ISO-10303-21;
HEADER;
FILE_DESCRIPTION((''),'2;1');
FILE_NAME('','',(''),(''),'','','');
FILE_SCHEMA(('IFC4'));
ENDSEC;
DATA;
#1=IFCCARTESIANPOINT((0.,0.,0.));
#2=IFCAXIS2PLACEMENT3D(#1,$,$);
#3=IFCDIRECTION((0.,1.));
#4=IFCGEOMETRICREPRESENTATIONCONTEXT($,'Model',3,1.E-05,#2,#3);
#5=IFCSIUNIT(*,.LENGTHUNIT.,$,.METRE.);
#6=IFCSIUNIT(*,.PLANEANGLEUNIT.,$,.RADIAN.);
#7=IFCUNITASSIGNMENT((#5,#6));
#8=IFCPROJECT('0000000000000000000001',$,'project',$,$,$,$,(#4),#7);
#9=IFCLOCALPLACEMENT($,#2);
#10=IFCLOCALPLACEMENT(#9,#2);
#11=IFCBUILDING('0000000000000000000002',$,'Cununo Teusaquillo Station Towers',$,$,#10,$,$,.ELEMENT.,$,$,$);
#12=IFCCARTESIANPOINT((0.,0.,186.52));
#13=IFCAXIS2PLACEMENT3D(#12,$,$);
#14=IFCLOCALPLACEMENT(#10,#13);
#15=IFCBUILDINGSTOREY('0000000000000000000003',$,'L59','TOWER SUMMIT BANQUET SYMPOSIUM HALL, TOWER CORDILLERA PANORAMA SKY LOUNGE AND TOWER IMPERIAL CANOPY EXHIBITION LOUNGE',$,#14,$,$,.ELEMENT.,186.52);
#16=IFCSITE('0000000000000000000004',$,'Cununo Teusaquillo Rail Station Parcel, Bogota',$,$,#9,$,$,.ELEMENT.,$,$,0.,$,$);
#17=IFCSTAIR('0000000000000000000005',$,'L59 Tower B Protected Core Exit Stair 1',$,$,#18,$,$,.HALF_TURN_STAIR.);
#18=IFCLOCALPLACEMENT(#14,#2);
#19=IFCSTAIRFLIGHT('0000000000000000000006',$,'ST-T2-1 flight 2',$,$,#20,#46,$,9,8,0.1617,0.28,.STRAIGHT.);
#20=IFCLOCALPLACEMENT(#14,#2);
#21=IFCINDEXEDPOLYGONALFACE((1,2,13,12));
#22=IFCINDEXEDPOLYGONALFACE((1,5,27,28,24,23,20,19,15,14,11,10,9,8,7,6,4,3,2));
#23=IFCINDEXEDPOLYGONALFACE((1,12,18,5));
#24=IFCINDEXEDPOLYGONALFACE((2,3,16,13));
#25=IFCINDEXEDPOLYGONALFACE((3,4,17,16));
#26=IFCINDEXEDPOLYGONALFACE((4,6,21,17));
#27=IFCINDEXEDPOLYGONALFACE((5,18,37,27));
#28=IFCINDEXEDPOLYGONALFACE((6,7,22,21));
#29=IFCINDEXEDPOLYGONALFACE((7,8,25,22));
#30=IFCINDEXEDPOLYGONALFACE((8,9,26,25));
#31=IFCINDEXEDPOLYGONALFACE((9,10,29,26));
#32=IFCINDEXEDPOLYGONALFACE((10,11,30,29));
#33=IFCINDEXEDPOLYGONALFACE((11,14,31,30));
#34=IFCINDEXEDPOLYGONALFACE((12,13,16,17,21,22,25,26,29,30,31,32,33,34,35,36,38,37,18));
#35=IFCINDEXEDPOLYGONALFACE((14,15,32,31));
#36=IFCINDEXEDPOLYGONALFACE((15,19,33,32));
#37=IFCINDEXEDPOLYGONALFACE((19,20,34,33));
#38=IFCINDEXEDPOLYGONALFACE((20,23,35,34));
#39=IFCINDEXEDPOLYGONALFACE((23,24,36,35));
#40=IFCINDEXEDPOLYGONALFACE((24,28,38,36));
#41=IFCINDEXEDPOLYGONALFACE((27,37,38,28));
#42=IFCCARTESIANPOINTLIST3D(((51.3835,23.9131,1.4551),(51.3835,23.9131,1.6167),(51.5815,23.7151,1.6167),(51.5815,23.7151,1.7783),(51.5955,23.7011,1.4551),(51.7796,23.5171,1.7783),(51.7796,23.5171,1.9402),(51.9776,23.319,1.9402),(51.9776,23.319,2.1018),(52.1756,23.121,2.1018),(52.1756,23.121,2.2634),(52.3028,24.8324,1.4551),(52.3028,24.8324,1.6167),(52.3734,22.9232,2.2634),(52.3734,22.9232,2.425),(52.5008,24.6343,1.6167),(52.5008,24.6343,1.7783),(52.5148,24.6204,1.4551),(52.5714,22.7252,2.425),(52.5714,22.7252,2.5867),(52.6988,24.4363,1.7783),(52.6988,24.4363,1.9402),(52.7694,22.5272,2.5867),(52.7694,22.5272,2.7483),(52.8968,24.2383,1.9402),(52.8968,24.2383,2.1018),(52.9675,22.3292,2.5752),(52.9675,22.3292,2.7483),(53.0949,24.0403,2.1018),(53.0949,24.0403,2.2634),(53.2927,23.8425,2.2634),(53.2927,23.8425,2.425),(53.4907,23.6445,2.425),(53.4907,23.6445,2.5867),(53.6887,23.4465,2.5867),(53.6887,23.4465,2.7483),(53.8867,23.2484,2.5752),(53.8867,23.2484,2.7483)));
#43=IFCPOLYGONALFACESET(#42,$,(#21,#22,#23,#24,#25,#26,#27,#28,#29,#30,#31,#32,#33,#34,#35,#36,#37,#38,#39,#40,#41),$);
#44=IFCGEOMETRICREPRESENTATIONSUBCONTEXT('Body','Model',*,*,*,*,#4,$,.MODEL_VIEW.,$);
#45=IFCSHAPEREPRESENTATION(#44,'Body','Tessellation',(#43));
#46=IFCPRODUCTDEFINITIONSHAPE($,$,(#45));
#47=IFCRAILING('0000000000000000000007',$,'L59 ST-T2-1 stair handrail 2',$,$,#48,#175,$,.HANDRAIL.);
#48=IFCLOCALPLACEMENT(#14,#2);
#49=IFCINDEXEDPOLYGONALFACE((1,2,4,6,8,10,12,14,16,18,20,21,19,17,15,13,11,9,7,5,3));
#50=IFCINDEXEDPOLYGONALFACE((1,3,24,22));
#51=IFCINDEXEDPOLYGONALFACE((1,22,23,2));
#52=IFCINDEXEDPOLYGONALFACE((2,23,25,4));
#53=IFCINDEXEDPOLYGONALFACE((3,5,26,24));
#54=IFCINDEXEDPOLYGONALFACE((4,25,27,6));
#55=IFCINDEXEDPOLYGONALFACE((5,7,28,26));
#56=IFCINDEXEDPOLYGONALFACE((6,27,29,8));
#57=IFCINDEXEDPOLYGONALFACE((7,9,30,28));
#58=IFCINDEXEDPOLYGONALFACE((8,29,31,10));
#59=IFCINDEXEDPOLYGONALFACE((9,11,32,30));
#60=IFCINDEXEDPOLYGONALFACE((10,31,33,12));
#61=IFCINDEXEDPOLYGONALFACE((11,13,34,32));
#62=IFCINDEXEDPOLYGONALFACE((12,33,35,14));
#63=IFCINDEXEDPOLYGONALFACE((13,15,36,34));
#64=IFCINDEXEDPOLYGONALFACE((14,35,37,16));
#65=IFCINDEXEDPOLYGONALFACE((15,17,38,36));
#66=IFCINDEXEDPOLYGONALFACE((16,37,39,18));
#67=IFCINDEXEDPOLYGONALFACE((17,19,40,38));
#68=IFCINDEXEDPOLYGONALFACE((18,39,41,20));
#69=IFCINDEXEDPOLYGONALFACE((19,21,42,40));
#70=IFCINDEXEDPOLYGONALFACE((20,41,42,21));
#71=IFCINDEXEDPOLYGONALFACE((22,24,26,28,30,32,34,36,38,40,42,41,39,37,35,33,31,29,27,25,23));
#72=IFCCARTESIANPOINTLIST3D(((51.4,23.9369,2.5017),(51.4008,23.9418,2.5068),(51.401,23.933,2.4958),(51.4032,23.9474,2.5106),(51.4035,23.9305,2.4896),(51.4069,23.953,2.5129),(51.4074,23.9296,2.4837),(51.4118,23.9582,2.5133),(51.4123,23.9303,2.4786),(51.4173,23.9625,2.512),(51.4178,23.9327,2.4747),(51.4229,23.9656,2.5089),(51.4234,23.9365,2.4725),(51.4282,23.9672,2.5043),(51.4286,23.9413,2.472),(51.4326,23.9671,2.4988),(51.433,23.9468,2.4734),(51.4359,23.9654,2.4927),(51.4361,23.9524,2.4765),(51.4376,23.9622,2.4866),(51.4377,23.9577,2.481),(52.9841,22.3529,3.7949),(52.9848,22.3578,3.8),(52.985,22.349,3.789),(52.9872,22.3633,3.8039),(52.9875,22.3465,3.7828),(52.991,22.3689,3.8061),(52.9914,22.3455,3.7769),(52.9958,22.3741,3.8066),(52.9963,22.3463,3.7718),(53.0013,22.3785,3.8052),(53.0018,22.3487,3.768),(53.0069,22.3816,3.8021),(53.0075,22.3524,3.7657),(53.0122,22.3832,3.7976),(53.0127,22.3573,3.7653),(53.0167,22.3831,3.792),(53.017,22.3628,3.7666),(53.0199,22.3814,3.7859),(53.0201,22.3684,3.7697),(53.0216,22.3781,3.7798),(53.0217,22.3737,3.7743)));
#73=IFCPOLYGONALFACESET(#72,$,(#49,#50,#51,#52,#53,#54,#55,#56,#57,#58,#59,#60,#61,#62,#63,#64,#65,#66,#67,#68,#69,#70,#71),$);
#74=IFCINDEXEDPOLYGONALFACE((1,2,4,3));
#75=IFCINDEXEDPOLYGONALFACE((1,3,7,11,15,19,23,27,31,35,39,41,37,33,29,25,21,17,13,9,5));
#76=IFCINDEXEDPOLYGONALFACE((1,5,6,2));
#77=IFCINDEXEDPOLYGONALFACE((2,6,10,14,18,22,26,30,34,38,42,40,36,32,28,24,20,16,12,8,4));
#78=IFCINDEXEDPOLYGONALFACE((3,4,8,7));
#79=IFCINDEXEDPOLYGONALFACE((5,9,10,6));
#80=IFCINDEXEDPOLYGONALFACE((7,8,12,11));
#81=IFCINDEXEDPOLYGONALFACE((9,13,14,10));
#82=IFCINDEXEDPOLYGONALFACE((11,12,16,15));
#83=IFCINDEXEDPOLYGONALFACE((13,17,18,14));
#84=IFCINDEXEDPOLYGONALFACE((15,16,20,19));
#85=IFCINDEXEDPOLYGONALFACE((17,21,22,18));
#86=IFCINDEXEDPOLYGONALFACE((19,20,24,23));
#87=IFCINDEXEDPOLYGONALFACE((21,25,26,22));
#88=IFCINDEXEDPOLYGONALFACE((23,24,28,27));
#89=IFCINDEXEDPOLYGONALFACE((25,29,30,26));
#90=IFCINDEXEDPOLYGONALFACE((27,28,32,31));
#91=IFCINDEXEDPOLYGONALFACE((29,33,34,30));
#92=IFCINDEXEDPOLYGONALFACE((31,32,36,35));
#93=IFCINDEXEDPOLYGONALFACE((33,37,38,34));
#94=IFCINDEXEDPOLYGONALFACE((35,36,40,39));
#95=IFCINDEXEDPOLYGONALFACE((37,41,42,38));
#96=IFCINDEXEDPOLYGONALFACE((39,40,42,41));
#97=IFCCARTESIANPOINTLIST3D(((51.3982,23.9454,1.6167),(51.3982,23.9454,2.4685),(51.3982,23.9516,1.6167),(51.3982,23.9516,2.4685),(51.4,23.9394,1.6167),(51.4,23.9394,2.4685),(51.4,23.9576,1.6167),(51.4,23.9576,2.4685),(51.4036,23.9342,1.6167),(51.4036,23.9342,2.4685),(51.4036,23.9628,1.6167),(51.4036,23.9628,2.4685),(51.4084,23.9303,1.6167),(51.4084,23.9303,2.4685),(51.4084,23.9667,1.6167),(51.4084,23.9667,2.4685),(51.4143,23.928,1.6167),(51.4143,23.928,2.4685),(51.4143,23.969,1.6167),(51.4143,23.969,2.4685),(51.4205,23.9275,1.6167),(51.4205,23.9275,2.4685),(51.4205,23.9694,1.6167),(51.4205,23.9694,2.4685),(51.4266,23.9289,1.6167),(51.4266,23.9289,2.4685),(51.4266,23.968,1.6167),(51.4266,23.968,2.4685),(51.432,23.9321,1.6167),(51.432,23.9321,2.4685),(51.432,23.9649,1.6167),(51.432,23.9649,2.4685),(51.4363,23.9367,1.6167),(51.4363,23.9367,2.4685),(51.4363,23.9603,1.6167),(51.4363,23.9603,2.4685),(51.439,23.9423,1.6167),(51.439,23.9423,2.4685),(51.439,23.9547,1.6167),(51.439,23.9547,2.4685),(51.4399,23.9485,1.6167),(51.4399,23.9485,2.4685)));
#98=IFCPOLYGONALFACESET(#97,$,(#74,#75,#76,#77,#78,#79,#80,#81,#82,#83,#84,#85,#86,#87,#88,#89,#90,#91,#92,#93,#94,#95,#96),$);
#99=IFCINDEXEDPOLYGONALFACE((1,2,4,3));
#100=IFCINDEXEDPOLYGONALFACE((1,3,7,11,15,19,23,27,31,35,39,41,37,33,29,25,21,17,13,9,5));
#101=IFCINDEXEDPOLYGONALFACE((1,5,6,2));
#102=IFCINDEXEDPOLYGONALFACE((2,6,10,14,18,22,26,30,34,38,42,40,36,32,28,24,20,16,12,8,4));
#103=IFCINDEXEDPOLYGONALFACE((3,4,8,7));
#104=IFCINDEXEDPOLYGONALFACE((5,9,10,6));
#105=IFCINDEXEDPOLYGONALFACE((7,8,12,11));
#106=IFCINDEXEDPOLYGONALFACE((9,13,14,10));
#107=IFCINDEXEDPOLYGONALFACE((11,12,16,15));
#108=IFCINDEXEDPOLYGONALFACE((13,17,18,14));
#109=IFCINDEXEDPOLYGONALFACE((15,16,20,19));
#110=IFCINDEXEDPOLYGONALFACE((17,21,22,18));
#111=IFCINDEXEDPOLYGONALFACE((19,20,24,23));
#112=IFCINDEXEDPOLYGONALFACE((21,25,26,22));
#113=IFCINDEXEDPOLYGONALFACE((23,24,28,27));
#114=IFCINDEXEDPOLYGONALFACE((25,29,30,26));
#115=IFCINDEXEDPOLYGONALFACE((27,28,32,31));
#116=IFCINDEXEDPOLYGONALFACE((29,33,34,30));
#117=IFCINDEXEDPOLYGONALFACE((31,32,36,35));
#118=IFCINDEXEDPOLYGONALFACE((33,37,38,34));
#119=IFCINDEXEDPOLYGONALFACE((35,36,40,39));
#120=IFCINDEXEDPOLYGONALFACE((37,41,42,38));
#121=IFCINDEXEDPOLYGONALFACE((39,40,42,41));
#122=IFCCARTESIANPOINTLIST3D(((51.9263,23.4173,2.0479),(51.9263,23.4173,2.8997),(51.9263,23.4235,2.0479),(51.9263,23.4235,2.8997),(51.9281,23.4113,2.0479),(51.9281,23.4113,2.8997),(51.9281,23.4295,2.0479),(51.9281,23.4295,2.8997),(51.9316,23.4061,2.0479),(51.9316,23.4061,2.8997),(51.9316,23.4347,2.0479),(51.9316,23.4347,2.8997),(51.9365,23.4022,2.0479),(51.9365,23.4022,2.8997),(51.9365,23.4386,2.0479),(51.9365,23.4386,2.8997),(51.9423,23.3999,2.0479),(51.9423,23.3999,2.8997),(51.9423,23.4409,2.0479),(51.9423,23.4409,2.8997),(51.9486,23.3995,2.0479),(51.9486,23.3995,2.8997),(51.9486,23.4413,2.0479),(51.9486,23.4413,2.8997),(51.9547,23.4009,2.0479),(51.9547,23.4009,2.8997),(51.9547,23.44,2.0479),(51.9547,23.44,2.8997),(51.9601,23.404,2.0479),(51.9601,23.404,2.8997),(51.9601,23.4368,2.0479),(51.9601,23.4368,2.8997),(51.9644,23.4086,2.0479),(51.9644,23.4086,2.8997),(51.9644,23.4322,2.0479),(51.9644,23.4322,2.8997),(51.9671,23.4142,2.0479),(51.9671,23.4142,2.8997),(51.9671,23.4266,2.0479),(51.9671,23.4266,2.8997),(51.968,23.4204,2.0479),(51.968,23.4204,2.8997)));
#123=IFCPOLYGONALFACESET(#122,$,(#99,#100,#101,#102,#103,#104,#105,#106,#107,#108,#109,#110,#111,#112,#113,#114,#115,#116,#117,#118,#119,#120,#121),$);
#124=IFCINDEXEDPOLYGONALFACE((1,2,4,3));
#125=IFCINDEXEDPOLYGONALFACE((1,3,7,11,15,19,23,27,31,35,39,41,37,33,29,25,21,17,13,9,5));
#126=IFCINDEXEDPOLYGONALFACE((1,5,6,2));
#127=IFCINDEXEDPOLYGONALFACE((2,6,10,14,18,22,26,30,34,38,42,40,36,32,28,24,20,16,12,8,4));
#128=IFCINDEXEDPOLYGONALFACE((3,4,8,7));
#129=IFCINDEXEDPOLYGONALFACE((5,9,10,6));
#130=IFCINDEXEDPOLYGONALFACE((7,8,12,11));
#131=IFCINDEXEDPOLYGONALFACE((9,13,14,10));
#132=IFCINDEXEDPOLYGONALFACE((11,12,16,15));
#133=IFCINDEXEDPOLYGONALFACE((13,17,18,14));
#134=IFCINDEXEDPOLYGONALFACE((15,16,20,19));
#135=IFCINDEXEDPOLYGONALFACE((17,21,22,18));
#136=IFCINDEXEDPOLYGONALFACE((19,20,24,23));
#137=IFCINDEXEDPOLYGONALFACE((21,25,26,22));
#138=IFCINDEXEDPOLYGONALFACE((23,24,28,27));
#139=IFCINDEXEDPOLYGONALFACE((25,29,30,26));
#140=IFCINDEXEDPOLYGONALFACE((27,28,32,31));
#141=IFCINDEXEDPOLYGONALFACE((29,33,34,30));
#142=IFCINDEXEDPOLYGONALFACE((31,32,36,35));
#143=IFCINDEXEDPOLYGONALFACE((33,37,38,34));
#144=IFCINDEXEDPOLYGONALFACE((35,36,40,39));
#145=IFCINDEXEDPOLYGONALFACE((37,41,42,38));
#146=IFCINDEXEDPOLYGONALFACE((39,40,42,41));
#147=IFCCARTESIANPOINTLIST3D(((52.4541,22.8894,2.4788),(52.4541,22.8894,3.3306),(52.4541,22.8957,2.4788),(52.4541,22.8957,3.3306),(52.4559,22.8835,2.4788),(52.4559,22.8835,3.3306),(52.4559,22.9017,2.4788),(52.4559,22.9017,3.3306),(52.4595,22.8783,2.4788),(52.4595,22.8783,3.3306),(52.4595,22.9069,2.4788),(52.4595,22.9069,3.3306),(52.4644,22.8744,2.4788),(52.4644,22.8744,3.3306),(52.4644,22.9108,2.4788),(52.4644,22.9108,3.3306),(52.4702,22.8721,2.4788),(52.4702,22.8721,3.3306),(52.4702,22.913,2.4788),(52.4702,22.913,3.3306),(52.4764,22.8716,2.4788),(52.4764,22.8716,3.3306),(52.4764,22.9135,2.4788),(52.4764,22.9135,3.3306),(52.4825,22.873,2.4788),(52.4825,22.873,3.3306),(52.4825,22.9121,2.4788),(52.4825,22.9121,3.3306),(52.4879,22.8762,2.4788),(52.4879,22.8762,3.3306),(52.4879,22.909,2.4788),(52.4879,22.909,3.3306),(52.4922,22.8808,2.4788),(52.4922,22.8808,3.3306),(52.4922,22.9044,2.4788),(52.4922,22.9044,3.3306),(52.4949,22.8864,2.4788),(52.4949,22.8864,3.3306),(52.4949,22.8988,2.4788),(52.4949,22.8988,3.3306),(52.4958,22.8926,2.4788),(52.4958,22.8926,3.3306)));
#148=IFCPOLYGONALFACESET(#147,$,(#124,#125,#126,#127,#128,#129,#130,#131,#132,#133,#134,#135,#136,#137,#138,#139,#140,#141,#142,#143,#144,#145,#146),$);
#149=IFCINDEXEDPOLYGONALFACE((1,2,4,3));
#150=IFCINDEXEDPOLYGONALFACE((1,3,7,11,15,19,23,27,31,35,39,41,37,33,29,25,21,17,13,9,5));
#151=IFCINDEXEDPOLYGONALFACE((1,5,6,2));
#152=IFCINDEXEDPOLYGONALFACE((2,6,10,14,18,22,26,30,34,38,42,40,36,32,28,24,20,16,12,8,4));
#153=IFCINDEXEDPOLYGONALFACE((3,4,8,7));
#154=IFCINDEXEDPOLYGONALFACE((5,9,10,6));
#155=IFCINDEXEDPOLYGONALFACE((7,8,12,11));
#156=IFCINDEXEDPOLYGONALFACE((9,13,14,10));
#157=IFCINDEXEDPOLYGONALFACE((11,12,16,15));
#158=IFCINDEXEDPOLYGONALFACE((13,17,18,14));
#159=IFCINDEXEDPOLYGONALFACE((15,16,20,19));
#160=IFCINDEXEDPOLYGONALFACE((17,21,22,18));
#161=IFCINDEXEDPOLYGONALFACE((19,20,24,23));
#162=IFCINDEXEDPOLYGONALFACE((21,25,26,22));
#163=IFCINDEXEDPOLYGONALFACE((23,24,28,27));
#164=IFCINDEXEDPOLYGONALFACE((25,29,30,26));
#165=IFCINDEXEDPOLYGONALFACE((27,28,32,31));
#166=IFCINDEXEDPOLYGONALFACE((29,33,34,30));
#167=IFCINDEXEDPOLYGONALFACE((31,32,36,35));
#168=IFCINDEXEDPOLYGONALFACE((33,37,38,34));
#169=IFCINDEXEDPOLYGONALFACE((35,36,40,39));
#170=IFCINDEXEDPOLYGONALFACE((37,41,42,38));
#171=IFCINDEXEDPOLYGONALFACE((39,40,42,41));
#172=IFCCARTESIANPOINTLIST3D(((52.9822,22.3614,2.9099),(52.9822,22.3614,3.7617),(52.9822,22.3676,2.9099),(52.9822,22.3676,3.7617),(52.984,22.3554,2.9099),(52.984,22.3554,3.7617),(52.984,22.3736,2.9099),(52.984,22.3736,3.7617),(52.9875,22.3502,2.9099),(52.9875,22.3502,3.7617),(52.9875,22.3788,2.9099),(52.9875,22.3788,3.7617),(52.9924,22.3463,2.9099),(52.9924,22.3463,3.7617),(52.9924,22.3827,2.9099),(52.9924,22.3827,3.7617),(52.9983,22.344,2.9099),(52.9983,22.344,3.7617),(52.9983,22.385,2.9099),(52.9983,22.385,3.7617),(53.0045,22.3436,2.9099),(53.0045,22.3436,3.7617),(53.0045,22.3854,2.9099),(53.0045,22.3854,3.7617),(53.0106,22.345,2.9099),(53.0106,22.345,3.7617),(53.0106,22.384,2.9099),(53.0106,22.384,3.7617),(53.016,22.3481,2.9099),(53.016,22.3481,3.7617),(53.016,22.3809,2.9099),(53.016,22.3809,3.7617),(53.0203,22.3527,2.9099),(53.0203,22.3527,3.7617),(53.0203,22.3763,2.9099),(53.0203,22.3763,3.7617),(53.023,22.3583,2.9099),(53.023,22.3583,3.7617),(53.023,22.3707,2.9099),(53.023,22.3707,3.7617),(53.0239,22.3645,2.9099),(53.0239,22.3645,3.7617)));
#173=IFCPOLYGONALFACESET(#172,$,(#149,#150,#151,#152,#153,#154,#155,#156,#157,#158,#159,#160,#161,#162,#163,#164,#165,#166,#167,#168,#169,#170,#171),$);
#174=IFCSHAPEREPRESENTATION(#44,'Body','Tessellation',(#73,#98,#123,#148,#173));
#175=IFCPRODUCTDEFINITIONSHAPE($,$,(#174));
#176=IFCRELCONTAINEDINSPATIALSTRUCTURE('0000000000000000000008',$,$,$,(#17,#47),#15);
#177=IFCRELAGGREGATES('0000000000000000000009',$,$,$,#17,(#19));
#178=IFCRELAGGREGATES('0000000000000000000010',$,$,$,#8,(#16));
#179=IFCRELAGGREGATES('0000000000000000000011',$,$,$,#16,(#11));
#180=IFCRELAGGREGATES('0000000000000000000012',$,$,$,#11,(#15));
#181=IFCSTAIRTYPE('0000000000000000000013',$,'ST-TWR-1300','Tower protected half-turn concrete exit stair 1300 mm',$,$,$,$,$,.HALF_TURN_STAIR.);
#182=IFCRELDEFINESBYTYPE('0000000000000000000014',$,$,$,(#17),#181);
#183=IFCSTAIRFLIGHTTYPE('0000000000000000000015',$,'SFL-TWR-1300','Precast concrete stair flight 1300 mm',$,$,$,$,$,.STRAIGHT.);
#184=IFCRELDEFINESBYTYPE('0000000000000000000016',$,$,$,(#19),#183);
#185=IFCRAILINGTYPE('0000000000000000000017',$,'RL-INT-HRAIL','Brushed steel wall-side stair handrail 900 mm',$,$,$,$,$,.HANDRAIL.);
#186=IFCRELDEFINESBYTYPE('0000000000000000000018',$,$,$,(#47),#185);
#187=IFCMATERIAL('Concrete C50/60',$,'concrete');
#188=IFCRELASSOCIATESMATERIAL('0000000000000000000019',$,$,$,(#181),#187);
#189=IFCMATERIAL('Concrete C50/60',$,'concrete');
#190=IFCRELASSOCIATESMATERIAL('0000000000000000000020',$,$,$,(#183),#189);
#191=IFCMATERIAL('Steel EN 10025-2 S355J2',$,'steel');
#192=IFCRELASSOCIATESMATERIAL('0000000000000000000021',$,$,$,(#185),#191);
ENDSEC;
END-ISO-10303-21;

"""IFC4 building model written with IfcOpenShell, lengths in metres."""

from ifc_helpers import new_model, si_unit, direction, frame, origin, origin_2d, place, context, subcontext, project, spatial, polyline, circle, outline, extrude, material, type_object, element, aggregate, save


model = new_model("IFC4")

# Units and contexts
model_context = context("Model", 3, precision=1e-05, world=origin(), true_north=direction((0.0, 1.0)))
body_context = subcontext(model_context, "Body", "Model", "MODEL_VIEW")
ifc_project = project(units=[si_unit("LENGTHUNIT", "METRE"), si_unit("PLANEANGLEUNIT", "RADIAN")], contexts=[model_context])

# Site, building, storey
site_placement = place(None, origin())
site = spatial("IfcSite", under=ifc_project, at=site_placement, Name="Cununo Teusaquillo Rail Station Parcel, Bogota", CompositionType="ELEMENT", RefElevation=0.0)
building_placement = place(site_placement, origin())
building = spatial("IfcBuilding", under=site, at=building_placement, Name="Cununo Teusaquillo Station Towers", CompositionType="ELEMENT")
storey_placement = place(building_placement, frame((0.0, 0.0, 186.52)))
storey = spatial("IfcBuildingStorey", under=building, at=storey_placement, Name="L59", Description="TOWER SUMMIT BANQUET SYMPOSIUM HALL, TOWER CORDILLERA PANORAMA SKY LOUNGE AND TOWER IMPERIAL CANOPY EXHIBITION LOUNGE", CompositionType="ELEMENT", Elevation=186.52)

# Stair, stair flight
ifc_material_1 = material(Name="Concrete C50/60", Category="concrete")
stair_type = type_object("IfcStairType", Name="ST-TWR-1300", Description="Tower protected half-turn concrete exit stair 1300 mm", PredefinedType="HALF_TURN_STAIR", material=ifc_material_1)
stair_placement = place(storey_placement, origin())
stair = element("IfcStair", 1, at=stair_placement, inside=storey, type_object=stair_type, Name="L59 Tower B Protected Core Exit Stair 1", PredefinedType="HALF_TURN_STAIR")
ifc_material_2 = material(Name="Concrete C50/60", Category="concrete")
stair_flight_type = type_object("IfcStairFlightType", Name="SFL-TWR-1300", Description="Precast concrete stair flight 1300 mm", PredefinedType="STRAIGHT", material=ifc_material_2)
stair_flight_placement = place(storey_placement, frame((51.8433, 24.3728, 1.4551), z_axis=(0.0, 0.0, 1.0), x_axis=(0.707107, -0.707107, 0.0)))
stair_flight = element("IfcStairFlight", 2, at=stair_flight_placement, type_object=stair_flight_type, Name="ST-T2-1 flight 2", NumberOfRisers=9, NumberOfTreads=8, PredefinedType="STRAIGHT", RiserHeight=0.1617, TreadLength=0.28, context=body_context, shape_type="SweptSolid", body=[
    extrude(outline(polyline([(0.0, 0.0), (0.0, 0.1616), (0.28, 0.1616), (0.28, 0.3232), (0.5601, 0.3232), (0.5601, 0.4851), (0.8401, 0.4851), (0.8401, 0.6467), (1.1201, 0.6467), (1.1201, 0.8083), (1.3999, 0.8083), (1.3999, 0.97), (1.6799, 0.97), (1.6799, 1.1316), (1.96, 1.1316), (1.96, 1.2932), (2.24, 1.2932), (2.24, 1.4551), (2.24, 1.1201), (0.2998, 0.0), (0.0, 0.0)])), frame((0.0, 0.6499, 0.0), z_axis=(0.0, -1.0, 0.0), x_axis=(1.0, 0.0, 0.0)), (0.0, 0.0, 1.0), 1.3),
])
aggregate(stair, [stair_flight])

# Railing
ifc_material_3 = material(Name="Steel EN 10025-2 S355J2", Category="steel")
railing_type = type_object("IfcRailingType", Name="RL-INT-HRAIL", Description="Brushed steel wall-side stair handrail 900 mm", PredefinedType="HANDRAIL", material=ifc_material_3)
railing_placement = place(storey_placement, frame((51.4189, 23.9485, 1.6167)))
element("IfcRailing", 3, at=railing_placement, inside=storey, type_object=railing_type, Name="L59 ST-T2-1 stair handrail 2", PredefinedType="HANDRAIL", context=body_context, shape_type="SweptSolid", body=[
    extrude(circle(Radius=0.0239, at=origin_2d()), frame((0.0, 0.0, 0.876), z_axis=(0.612385, -0.612385, 0.49997), x_axis=(0.707107, 0.707107, 0.0)), (0.0, 0.0, 1.0), 2.5867),
    extrude(circle(Radius=0.021, at=origin_2d()), origin(), (0.0, 0.0, 1.0), 0.8518),
    extrude(circle(Radius=0.021, at=origin_2d()), frame((0.5281, -0.5281, 0.4312)), (0.0, 0.0, 1.0), 0.8518),
    extrude(circle(Radius=0.021, at=origin_2d()), frame((1.0559, -1.0559, 0.8621)), (0.0, 0.0, 1.0), 0.8518),
    extrude(circle(Radius=0.021, at=origin_2d()), frame((1.584, -1.584, 1.2932)), (0.0, 0.0, 1.0), 0.8518),
])

save(model, "model.ifc")
